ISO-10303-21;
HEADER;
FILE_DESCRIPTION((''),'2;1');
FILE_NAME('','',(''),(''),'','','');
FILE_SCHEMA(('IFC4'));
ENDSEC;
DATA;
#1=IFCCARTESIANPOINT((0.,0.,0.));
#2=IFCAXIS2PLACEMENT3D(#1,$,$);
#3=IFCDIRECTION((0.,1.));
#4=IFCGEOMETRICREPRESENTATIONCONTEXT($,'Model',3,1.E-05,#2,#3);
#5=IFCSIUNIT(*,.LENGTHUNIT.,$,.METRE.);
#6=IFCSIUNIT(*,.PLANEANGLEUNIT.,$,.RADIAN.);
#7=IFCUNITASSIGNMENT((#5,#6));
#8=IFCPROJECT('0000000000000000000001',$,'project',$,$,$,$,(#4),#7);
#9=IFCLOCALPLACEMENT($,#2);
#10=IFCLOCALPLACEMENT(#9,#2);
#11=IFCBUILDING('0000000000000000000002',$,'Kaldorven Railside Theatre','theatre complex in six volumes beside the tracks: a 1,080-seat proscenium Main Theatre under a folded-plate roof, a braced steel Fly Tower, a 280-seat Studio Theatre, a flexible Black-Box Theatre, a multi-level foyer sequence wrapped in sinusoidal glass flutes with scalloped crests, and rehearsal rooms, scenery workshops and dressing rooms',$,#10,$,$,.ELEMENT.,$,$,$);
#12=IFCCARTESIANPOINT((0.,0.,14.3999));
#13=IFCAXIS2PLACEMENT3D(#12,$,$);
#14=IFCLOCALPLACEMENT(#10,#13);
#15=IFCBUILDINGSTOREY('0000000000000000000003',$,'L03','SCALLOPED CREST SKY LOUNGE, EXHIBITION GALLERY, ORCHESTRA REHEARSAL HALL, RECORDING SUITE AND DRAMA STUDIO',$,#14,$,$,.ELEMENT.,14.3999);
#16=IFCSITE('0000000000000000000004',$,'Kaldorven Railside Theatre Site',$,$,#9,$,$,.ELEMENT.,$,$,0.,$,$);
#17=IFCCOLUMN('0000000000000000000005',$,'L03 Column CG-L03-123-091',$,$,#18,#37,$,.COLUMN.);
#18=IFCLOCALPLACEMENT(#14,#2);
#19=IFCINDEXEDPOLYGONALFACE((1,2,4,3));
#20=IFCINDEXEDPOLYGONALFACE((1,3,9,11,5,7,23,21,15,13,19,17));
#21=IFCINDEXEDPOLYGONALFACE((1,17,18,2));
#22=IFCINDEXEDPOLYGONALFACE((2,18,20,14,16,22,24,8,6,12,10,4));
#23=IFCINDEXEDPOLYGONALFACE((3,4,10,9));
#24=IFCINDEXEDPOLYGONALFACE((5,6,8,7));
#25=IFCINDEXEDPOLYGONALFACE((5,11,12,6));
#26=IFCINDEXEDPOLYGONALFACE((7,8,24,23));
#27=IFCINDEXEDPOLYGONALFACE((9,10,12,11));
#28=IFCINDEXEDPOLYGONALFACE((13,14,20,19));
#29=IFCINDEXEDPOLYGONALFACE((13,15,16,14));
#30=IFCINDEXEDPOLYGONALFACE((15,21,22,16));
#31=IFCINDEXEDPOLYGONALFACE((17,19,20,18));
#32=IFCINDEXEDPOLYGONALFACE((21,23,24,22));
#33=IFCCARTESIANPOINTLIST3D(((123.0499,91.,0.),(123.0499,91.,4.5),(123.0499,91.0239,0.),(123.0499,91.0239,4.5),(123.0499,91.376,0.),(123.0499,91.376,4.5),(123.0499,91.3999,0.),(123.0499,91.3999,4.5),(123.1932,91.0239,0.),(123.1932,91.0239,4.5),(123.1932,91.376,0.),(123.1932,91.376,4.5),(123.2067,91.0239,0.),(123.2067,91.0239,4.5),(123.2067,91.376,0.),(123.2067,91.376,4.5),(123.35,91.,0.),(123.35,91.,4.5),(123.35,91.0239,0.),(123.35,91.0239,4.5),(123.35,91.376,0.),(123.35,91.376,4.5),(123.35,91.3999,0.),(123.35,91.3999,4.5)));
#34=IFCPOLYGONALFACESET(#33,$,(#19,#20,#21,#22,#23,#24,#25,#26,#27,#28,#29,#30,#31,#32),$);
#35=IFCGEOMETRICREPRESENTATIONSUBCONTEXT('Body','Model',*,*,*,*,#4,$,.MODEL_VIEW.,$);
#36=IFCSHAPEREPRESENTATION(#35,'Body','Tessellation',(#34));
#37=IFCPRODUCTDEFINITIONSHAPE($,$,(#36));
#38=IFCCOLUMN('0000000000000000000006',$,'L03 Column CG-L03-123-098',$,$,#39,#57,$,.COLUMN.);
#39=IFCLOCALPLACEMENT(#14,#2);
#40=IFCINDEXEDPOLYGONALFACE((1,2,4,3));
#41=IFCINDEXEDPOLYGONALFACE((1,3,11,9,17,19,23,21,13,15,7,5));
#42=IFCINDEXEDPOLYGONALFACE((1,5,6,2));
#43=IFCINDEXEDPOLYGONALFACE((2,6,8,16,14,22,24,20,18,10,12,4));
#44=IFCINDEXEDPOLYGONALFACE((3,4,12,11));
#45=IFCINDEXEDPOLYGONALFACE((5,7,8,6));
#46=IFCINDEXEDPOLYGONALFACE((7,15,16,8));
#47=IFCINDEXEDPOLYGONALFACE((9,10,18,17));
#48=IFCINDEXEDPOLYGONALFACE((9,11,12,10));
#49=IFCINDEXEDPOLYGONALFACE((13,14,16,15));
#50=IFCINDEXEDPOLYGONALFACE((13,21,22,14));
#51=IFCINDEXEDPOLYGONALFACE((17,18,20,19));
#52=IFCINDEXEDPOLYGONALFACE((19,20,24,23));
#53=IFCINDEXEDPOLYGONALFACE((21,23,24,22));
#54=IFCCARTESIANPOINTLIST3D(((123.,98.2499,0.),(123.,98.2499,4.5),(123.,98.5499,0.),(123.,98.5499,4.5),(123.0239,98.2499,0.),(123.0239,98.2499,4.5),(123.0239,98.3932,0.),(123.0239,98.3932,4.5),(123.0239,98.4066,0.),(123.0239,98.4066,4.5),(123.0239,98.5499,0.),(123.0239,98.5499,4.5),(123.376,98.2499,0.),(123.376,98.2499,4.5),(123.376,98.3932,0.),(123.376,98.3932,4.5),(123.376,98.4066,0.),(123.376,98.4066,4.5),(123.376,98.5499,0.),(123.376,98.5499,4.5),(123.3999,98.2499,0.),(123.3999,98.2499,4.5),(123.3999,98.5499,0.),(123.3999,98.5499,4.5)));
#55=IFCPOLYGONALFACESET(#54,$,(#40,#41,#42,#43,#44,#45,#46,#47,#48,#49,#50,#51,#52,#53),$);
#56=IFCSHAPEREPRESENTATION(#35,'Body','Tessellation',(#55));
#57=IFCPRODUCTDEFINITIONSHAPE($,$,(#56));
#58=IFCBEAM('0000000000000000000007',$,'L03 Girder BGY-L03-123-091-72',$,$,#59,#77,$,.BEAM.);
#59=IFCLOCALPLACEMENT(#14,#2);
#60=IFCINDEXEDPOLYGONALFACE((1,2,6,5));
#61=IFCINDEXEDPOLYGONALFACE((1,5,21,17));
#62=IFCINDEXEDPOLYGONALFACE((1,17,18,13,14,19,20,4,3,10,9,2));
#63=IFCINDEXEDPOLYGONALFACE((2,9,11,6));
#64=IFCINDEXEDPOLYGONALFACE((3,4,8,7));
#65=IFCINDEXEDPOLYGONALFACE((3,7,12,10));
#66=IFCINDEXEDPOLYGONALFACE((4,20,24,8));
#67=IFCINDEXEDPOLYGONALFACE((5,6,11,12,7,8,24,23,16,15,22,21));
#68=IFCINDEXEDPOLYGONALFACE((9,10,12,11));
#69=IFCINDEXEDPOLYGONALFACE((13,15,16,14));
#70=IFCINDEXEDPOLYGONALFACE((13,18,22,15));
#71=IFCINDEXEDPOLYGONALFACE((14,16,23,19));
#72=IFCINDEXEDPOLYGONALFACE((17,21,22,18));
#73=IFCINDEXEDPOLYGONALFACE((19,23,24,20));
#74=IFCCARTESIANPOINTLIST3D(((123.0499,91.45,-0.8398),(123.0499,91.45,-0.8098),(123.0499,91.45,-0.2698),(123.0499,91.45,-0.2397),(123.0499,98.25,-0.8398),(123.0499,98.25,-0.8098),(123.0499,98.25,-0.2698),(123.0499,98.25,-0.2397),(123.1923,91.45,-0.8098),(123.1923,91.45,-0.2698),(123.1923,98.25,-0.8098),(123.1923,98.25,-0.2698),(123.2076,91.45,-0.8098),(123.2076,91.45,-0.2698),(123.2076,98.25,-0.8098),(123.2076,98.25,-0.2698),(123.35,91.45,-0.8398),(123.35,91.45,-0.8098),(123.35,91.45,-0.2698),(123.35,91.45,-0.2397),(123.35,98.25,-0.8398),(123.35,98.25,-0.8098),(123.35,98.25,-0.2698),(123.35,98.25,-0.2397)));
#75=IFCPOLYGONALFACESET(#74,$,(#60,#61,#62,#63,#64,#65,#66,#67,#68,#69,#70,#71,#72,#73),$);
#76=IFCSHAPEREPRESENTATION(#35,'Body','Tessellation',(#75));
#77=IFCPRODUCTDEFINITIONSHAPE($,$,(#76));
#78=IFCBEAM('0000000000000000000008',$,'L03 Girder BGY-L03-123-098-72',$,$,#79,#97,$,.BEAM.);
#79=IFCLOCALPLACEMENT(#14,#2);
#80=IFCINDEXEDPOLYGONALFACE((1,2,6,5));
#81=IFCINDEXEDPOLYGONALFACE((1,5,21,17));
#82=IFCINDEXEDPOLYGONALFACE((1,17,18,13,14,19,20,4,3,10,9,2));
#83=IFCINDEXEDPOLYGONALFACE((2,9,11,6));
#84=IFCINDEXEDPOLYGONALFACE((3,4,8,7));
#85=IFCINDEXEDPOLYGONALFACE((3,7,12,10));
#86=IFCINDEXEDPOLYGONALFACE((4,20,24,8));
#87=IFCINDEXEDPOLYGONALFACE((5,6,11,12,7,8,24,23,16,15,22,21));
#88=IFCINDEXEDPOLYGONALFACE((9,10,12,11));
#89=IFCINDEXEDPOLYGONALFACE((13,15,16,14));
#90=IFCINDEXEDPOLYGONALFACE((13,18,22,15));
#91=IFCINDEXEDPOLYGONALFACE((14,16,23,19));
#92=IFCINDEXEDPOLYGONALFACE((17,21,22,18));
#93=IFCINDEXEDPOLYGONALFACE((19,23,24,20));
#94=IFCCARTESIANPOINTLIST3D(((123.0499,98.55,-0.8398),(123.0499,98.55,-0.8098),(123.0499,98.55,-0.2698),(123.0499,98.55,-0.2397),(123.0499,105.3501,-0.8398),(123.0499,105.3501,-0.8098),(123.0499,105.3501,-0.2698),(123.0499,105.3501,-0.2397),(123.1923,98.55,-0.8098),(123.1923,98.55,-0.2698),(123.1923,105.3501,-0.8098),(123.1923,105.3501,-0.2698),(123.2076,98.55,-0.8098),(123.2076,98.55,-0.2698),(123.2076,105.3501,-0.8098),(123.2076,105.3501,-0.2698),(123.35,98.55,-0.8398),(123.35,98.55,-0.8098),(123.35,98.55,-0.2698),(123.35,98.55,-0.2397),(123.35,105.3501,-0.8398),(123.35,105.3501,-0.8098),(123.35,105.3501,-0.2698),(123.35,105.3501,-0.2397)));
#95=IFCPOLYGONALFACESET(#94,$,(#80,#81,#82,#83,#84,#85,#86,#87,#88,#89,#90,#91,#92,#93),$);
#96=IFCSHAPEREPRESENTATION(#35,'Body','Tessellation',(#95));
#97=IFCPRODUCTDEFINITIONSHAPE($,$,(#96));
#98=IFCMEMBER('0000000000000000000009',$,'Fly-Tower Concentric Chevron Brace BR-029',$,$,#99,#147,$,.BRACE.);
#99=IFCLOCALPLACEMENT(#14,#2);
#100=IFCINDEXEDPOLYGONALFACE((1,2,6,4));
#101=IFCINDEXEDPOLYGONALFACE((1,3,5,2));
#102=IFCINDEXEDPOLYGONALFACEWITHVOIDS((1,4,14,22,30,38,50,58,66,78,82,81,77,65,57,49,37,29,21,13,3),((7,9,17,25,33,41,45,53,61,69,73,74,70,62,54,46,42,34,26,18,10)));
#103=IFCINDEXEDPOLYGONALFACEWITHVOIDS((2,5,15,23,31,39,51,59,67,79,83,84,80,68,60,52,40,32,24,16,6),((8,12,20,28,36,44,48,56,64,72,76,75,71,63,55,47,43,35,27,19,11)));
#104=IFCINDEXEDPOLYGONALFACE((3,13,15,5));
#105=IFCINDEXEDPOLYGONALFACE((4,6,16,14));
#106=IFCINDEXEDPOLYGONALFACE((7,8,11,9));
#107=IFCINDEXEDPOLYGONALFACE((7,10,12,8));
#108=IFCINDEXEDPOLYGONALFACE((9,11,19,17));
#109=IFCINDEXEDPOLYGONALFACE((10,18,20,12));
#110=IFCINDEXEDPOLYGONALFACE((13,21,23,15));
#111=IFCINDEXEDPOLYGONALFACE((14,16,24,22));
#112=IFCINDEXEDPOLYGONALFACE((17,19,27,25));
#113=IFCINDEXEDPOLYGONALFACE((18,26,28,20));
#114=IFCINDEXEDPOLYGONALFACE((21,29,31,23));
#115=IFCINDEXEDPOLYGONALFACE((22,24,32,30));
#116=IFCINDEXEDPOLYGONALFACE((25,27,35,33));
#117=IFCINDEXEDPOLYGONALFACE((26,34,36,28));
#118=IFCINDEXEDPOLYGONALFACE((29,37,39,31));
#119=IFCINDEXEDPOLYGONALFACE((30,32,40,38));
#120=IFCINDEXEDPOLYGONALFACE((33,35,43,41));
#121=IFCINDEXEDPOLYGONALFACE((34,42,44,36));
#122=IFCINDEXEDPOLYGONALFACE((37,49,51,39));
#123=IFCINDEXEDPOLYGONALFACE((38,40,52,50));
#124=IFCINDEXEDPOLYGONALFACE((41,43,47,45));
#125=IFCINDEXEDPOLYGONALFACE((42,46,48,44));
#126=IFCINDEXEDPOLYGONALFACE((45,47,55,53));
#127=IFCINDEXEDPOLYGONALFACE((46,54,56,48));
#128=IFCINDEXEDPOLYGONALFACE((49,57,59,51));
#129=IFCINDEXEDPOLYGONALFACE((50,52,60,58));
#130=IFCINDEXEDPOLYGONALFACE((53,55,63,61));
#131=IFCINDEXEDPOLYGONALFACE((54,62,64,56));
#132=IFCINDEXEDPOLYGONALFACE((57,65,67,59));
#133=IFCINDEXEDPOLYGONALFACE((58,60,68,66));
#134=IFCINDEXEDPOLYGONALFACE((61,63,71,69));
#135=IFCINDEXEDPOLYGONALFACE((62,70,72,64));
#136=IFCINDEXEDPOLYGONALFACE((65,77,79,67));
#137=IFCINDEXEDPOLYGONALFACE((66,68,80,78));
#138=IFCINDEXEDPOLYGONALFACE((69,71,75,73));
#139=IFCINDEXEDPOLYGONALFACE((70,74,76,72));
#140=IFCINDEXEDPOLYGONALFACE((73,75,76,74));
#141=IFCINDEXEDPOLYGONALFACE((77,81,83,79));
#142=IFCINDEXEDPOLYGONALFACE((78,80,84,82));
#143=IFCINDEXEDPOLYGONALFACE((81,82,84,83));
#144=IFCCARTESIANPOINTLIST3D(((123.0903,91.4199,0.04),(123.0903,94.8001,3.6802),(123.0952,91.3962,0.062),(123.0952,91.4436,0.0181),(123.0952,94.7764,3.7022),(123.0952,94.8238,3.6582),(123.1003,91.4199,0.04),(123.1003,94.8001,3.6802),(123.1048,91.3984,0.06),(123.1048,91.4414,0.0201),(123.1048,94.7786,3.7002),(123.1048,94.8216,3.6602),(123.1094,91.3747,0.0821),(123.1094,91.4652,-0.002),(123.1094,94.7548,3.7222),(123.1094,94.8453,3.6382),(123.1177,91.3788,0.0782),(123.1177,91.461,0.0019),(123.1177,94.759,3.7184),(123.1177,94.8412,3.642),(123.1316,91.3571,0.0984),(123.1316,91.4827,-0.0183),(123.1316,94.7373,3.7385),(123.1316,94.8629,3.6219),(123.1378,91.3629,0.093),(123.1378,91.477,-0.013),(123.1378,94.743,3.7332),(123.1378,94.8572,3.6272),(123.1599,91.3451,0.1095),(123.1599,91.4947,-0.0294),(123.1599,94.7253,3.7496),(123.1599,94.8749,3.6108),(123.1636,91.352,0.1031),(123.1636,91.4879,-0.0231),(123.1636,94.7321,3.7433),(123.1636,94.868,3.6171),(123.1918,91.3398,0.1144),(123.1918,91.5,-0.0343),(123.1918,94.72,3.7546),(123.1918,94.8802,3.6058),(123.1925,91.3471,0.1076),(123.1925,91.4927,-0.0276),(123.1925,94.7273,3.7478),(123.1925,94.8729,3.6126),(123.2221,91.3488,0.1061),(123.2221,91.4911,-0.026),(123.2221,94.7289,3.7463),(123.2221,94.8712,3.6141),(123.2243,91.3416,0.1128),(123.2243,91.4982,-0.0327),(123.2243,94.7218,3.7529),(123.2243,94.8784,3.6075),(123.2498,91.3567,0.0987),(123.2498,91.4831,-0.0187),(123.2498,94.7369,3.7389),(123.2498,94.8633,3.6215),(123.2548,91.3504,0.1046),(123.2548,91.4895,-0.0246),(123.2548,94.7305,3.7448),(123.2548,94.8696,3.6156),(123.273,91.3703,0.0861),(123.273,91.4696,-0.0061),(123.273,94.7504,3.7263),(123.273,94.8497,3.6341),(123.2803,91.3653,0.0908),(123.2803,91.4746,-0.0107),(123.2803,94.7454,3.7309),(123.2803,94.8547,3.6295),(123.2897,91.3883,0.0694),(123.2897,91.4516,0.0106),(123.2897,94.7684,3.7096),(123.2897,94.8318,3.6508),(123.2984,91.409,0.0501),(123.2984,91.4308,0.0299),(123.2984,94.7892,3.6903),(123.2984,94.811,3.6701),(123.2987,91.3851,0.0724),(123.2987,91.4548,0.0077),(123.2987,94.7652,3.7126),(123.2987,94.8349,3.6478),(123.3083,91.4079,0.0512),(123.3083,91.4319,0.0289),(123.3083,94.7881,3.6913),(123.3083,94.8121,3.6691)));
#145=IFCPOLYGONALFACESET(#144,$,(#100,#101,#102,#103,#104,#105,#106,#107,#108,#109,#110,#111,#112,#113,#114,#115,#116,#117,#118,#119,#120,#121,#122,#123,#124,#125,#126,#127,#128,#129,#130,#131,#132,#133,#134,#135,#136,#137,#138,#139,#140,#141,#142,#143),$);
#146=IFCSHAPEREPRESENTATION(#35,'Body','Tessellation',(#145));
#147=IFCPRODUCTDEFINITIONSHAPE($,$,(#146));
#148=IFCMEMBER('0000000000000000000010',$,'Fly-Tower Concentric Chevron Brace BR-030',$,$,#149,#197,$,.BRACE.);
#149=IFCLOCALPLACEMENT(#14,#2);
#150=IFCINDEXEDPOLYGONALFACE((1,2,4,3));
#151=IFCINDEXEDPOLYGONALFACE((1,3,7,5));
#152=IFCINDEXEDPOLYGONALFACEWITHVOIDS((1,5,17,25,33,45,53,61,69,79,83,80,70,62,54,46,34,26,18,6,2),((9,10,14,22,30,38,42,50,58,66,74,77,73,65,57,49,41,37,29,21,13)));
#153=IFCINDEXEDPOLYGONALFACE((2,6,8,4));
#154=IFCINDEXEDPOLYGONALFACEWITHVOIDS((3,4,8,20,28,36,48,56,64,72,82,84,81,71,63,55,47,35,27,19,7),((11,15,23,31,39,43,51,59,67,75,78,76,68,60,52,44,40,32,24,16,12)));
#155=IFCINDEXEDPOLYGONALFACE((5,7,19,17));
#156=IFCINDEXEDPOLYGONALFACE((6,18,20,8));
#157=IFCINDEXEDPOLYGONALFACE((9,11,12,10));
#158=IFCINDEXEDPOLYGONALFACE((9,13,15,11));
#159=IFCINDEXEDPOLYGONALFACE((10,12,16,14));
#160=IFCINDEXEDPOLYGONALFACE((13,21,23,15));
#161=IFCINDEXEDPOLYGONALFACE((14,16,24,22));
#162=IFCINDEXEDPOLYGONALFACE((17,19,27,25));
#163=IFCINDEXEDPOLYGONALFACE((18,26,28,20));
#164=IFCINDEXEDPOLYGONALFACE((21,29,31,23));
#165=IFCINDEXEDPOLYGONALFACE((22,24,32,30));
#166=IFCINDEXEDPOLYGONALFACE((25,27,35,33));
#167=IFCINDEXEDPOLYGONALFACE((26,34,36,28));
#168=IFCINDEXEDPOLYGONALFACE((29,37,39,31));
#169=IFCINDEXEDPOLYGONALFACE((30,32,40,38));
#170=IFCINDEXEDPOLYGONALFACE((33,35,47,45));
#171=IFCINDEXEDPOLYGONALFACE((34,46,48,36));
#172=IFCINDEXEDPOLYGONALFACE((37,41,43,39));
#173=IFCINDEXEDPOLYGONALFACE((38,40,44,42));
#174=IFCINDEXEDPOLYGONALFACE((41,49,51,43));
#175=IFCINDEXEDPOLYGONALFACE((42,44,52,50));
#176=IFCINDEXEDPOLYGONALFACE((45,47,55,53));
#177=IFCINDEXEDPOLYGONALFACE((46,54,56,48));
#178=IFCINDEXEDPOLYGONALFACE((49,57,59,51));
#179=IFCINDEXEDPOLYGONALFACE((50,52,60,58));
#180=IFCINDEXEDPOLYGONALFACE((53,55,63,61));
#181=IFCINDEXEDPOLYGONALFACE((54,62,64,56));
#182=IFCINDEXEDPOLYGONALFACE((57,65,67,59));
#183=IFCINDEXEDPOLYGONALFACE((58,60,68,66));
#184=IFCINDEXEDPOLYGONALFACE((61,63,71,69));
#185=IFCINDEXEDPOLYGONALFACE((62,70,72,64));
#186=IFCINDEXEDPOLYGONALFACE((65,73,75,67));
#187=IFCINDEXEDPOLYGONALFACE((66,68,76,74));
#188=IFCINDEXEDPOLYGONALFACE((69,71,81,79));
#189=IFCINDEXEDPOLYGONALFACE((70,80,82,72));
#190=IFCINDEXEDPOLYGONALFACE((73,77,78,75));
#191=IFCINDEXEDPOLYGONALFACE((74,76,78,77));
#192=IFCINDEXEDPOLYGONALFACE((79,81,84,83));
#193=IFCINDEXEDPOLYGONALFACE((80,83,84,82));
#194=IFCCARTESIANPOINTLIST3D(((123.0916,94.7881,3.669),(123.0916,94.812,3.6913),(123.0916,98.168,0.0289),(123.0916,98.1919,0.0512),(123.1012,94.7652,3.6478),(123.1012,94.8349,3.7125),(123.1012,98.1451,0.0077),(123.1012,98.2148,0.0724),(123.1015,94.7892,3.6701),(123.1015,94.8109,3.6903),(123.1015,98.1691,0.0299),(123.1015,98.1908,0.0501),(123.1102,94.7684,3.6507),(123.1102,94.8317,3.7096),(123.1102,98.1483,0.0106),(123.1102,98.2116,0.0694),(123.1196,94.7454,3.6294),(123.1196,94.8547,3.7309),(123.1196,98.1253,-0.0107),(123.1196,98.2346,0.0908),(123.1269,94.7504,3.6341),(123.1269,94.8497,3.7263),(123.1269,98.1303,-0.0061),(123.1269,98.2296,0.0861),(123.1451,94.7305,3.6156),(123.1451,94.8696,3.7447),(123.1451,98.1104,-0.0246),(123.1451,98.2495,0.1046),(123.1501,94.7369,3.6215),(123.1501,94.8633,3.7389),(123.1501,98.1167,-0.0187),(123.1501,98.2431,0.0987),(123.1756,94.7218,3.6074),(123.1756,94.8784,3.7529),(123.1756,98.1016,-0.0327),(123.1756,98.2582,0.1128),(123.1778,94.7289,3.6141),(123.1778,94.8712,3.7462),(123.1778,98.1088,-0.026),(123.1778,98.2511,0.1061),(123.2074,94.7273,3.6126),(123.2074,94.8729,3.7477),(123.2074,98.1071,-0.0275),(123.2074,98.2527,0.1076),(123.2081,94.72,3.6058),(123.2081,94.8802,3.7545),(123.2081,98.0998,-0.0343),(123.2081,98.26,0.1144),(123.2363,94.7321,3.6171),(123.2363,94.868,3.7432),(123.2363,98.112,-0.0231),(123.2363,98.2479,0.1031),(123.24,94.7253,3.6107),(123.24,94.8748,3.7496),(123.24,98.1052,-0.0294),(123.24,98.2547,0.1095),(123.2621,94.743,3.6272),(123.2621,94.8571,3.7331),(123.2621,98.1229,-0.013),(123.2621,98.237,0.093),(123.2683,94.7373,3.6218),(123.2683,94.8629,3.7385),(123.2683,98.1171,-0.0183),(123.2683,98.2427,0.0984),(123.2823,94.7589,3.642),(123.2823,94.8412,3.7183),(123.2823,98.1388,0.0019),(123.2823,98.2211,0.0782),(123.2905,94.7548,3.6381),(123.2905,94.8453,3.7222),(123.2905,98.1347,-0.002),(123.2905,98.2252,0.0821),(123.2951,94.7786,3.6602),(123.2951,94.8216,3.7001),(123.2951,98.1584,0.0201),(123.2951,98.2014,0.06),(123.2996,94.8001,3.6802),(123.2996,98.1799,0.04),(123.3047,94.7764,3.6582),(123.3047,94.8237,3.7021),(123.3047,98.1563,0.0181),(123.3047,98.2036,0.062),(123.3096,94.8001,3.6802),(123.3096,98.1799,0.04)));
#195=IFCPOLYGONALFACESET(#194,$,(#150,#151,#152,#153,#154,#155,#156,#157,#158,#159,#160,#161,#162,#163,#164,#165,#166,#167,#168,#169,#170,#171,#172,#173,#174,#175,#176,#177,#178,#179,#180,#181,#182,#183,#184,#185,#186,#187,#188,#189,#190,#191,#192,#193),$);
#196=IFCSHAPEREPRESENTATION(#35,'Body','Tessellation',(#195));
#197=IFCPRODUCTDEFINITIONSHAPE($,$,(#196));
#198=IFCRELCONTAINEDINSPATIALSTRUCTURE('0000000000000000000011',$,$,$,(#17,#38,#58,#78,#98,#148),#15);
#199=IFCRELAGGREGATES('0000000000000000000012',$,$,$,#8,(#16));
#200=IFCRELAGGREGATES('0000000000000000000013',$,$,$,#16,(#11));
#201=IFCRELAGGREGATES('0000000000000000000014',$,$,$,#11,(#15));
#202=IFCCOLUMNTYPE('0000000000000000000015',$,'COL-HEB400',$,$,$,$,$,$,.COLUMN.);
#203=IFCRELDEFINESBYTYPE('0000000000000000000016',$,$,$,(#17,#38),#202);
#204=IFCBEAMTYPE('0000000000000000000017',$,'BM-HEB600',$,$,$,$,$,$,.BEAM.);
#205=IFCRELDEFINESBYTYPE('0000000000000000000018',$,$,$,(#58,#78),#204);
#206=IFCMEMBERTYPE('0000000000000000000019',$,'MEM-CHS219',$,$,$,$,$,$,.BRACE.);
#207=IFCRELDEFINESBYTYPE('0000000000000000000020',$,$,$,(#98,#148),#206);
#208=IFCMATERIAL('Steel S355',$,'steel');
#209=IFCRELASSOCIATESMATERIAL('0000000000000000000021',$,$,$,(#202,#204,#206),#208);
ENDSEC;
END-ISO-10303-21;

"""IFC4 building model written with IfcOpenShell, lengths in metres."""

from ifc_helpers import new_model, si_unit, direction, frame, origin, origin_2d, place, context, subcontext, project, spatial, hollow_circle, i_section, extrude, material, material_profile, profile_set, type_object, element, save


model = new_model("IFC4")

# Units and contexts
model_context = context("Model", 3, precision=1e-05, world=origin(), true_north=direction((0.0, 1.0)))
body_context = subcontext(model_context, "Body", "Model", "MODEL_VIEW")
ifc_project = project(units=[si_unit("LENGTHUNIT", "METRE"), si_unit("PLANEANGLEUNIT", "RADIAN")], contexts=[model_context])

# Site, building, storey
site_placement = place(None, origin())
site = spatial("IfcSite", under=ifc_project, at=site_placement, Name="Kaldorven Railside Theatre Site", CompositionType="ELEMENT", RefElevation=0.0)
building_placement = place(site_placement, origin())
building = spatial("IfcBuilding", under=site, at=building_placement, Name="Kaldorven Railside Theatre", Description="theatre complex in six volumes beside the tracks: a 1,080-seat proscenium Main Theatre under a folded-plate roof, a braced steel Fly Tower, a 280-seat Studio Theatre, a flexible Black-Box Theatre, a multi-level foyer sequence wrapped in sinusoidal glass flutes with scalloped crests, and rehearsal rooms, scenery workshops and dressing rooms", CompositionType="ELEMENT")
storey_placement = place(building_placement, frame((0.0, 0.0, 14.3999)))
storey = spatial("IfcBuildingStorey", under=building, at=storey_placement, Name="L03", Description="SCALLOPED CREST SKY LOUNGE, EXHIBITION GALLERY, ORCHESTRA REHEARSAL HALL, RECORDING SUITE AND DRAMA STUDIO", CompositionType="ELEMENT", Elevation=14.3999)

# Columns
ifc_material_1 = material(Name="Steel S355", Category="steel")
ifc_material_profile_1 = material_profile(ifc_material_1, i_section(OverallWidth=0.3, OverallDepth=0.3999, WebThickness=0.0134, FlangeThickness=0.0239, at=origin_2d()), Name="HEB 400")
ifc_profile_set_1 = profile_set([ifc_material_profile_1], Name="Steel S355")
column_type = type_object("IfcColumnType", Name="COL-HEB400", PredefinedType="COLUMN", material=ifc_profile_set_1)
for number, where, z_axis, x_axis, name in (
    (1, (123.2, 91.2, 0.0), (0.0, 0.0, 1.0), (1.0, 0.0, 0.0), "L03 Column CG-L03-123-091"),
    (2, (123.2, 98.3999, 0.0), (0.0, 0.0, 1.0), (0.0, 1.0, 0.0), "L03 Column CG-L03-123-098"),
):
    element("IfcColumn", number, at=place(storey_placement, frame(where, z_axis=z_axis, x_axis=x_axis)), inside=storey, type_object=column_type, Name=name, PredefinedType="COLUMN", context=body_context, shape_type="SweptSolid", body=[
        extrude(i_section(OverallWidth=0.3, OverallDepth=0.3999, WebThickness=0.0134, FlangeThickness=0.0239, at=origin_2d()), origin(), (0.0, 0.0, 1.0), 4.5),
    ])

# Beams
ifc_material_profile_2 = material_profile(ifc_material_1, i_section(OverallWidth=0.3, OverallDepth=0.6001, WebThickness=0.0154, FlangeThickness=0.03, at=origin_2d()), Name="HEB 600")
ifc_profile_set_2 = profile_set([ifc_material_profile_2], Name="Steel S355")
beam_type = type_object("IfcBeamType", Name="BM-HEB600", PredefinedType="BEAM", material=ifc_profile_set_2)
for number, where, z_axis, x_axis, name in (
    (3, (123.2, 91.45, -0.5398), (0.0, 1.0, 0.0), (-1.0, 0.0, 0.0), "L03 Girder BGY-L03-123-091-72"),
    (4, (123.2, 98.55, -0.5398), (0.0, 1.0, 0.0), (-1.0, 0.0, 0.0), "L03 Girder BGY-L03-123-098-72"),
):
    element("IfcBeam", number, at=place(storey_placement, frame(where, z_axis=z_axis, x_axis=x_axis)), inside=storey, type_object=beam_type, Name=name, PredefinedType="BEAM", context=body_context, shape_type="SweptSolid", body=[
        extrude(i_section(OverallWidth=0.3, OverallDepth=0.6001, WebThickness=0.0154, FlangeThickness=0.03, at=origin_2d()), origin(), (0.0, 0.0, 1.0), 6.8),
    ])

# Members
ifc_material_profile_3 = material_profile(ifc_material_1, hollow_circle(Radius=0.1096, WallThickness=0.01, at=origin_2d()), Name="CHS 219.1x10")
ifc_profile_set_3 = profile_set([ifc_material_profile_3], Name="Steel S355")
member_type = type_object("IfcMemberType", Name="MEM-CHS219", PredefinedType="BRACE", material=ifc_profile_set_3)
member_placement = place(storey_placement, frame((123.2, 91.4199, 0.04), z_axis=(0.0, 0.680451, 0.732793), x_axis=(-1.0, 0.0, 0.0)))
element("IfcMember", 5, at=member_placement, inside=storey, type_object=member_type, Name="Fly-Tower Concentric Chevron Brace BR-029", PredefinedType="BRACE", context=body_context, shape_type="SweptSolid", body=[
    extrude(hollow_circle(Radius=0.1096, WallThickness=0.01, at=origin_2d()), origin(), (0.0, 0.0, 1.0), 4.9675),
])
for number, where, z_axis, x_axis, name in (
    (6, (123.2, 98.1799, 0.04), (0.0, -0.680425, 0.732818), (1.0, 0.0, 0.0), "Fly-Tower Concentric Chevron Brace BR-030"),
):
    element("IfcMember", number, at=place(storey_placement, frame(where, z_axis=z_axis, x_axis=x_axis)), inside=storey, type_object=member_type, Name=name, PredefinedType="BRACE", context=body_context, shape_type="SweptSolid", body=[
        extrude(hollow_circle(Radius=0.1096, WallThickness=0.01, at=origin_2d()), origin(), (0.0, 0.0, 1.0), 4.9673),
    ])

save(model, "model.ifc")
